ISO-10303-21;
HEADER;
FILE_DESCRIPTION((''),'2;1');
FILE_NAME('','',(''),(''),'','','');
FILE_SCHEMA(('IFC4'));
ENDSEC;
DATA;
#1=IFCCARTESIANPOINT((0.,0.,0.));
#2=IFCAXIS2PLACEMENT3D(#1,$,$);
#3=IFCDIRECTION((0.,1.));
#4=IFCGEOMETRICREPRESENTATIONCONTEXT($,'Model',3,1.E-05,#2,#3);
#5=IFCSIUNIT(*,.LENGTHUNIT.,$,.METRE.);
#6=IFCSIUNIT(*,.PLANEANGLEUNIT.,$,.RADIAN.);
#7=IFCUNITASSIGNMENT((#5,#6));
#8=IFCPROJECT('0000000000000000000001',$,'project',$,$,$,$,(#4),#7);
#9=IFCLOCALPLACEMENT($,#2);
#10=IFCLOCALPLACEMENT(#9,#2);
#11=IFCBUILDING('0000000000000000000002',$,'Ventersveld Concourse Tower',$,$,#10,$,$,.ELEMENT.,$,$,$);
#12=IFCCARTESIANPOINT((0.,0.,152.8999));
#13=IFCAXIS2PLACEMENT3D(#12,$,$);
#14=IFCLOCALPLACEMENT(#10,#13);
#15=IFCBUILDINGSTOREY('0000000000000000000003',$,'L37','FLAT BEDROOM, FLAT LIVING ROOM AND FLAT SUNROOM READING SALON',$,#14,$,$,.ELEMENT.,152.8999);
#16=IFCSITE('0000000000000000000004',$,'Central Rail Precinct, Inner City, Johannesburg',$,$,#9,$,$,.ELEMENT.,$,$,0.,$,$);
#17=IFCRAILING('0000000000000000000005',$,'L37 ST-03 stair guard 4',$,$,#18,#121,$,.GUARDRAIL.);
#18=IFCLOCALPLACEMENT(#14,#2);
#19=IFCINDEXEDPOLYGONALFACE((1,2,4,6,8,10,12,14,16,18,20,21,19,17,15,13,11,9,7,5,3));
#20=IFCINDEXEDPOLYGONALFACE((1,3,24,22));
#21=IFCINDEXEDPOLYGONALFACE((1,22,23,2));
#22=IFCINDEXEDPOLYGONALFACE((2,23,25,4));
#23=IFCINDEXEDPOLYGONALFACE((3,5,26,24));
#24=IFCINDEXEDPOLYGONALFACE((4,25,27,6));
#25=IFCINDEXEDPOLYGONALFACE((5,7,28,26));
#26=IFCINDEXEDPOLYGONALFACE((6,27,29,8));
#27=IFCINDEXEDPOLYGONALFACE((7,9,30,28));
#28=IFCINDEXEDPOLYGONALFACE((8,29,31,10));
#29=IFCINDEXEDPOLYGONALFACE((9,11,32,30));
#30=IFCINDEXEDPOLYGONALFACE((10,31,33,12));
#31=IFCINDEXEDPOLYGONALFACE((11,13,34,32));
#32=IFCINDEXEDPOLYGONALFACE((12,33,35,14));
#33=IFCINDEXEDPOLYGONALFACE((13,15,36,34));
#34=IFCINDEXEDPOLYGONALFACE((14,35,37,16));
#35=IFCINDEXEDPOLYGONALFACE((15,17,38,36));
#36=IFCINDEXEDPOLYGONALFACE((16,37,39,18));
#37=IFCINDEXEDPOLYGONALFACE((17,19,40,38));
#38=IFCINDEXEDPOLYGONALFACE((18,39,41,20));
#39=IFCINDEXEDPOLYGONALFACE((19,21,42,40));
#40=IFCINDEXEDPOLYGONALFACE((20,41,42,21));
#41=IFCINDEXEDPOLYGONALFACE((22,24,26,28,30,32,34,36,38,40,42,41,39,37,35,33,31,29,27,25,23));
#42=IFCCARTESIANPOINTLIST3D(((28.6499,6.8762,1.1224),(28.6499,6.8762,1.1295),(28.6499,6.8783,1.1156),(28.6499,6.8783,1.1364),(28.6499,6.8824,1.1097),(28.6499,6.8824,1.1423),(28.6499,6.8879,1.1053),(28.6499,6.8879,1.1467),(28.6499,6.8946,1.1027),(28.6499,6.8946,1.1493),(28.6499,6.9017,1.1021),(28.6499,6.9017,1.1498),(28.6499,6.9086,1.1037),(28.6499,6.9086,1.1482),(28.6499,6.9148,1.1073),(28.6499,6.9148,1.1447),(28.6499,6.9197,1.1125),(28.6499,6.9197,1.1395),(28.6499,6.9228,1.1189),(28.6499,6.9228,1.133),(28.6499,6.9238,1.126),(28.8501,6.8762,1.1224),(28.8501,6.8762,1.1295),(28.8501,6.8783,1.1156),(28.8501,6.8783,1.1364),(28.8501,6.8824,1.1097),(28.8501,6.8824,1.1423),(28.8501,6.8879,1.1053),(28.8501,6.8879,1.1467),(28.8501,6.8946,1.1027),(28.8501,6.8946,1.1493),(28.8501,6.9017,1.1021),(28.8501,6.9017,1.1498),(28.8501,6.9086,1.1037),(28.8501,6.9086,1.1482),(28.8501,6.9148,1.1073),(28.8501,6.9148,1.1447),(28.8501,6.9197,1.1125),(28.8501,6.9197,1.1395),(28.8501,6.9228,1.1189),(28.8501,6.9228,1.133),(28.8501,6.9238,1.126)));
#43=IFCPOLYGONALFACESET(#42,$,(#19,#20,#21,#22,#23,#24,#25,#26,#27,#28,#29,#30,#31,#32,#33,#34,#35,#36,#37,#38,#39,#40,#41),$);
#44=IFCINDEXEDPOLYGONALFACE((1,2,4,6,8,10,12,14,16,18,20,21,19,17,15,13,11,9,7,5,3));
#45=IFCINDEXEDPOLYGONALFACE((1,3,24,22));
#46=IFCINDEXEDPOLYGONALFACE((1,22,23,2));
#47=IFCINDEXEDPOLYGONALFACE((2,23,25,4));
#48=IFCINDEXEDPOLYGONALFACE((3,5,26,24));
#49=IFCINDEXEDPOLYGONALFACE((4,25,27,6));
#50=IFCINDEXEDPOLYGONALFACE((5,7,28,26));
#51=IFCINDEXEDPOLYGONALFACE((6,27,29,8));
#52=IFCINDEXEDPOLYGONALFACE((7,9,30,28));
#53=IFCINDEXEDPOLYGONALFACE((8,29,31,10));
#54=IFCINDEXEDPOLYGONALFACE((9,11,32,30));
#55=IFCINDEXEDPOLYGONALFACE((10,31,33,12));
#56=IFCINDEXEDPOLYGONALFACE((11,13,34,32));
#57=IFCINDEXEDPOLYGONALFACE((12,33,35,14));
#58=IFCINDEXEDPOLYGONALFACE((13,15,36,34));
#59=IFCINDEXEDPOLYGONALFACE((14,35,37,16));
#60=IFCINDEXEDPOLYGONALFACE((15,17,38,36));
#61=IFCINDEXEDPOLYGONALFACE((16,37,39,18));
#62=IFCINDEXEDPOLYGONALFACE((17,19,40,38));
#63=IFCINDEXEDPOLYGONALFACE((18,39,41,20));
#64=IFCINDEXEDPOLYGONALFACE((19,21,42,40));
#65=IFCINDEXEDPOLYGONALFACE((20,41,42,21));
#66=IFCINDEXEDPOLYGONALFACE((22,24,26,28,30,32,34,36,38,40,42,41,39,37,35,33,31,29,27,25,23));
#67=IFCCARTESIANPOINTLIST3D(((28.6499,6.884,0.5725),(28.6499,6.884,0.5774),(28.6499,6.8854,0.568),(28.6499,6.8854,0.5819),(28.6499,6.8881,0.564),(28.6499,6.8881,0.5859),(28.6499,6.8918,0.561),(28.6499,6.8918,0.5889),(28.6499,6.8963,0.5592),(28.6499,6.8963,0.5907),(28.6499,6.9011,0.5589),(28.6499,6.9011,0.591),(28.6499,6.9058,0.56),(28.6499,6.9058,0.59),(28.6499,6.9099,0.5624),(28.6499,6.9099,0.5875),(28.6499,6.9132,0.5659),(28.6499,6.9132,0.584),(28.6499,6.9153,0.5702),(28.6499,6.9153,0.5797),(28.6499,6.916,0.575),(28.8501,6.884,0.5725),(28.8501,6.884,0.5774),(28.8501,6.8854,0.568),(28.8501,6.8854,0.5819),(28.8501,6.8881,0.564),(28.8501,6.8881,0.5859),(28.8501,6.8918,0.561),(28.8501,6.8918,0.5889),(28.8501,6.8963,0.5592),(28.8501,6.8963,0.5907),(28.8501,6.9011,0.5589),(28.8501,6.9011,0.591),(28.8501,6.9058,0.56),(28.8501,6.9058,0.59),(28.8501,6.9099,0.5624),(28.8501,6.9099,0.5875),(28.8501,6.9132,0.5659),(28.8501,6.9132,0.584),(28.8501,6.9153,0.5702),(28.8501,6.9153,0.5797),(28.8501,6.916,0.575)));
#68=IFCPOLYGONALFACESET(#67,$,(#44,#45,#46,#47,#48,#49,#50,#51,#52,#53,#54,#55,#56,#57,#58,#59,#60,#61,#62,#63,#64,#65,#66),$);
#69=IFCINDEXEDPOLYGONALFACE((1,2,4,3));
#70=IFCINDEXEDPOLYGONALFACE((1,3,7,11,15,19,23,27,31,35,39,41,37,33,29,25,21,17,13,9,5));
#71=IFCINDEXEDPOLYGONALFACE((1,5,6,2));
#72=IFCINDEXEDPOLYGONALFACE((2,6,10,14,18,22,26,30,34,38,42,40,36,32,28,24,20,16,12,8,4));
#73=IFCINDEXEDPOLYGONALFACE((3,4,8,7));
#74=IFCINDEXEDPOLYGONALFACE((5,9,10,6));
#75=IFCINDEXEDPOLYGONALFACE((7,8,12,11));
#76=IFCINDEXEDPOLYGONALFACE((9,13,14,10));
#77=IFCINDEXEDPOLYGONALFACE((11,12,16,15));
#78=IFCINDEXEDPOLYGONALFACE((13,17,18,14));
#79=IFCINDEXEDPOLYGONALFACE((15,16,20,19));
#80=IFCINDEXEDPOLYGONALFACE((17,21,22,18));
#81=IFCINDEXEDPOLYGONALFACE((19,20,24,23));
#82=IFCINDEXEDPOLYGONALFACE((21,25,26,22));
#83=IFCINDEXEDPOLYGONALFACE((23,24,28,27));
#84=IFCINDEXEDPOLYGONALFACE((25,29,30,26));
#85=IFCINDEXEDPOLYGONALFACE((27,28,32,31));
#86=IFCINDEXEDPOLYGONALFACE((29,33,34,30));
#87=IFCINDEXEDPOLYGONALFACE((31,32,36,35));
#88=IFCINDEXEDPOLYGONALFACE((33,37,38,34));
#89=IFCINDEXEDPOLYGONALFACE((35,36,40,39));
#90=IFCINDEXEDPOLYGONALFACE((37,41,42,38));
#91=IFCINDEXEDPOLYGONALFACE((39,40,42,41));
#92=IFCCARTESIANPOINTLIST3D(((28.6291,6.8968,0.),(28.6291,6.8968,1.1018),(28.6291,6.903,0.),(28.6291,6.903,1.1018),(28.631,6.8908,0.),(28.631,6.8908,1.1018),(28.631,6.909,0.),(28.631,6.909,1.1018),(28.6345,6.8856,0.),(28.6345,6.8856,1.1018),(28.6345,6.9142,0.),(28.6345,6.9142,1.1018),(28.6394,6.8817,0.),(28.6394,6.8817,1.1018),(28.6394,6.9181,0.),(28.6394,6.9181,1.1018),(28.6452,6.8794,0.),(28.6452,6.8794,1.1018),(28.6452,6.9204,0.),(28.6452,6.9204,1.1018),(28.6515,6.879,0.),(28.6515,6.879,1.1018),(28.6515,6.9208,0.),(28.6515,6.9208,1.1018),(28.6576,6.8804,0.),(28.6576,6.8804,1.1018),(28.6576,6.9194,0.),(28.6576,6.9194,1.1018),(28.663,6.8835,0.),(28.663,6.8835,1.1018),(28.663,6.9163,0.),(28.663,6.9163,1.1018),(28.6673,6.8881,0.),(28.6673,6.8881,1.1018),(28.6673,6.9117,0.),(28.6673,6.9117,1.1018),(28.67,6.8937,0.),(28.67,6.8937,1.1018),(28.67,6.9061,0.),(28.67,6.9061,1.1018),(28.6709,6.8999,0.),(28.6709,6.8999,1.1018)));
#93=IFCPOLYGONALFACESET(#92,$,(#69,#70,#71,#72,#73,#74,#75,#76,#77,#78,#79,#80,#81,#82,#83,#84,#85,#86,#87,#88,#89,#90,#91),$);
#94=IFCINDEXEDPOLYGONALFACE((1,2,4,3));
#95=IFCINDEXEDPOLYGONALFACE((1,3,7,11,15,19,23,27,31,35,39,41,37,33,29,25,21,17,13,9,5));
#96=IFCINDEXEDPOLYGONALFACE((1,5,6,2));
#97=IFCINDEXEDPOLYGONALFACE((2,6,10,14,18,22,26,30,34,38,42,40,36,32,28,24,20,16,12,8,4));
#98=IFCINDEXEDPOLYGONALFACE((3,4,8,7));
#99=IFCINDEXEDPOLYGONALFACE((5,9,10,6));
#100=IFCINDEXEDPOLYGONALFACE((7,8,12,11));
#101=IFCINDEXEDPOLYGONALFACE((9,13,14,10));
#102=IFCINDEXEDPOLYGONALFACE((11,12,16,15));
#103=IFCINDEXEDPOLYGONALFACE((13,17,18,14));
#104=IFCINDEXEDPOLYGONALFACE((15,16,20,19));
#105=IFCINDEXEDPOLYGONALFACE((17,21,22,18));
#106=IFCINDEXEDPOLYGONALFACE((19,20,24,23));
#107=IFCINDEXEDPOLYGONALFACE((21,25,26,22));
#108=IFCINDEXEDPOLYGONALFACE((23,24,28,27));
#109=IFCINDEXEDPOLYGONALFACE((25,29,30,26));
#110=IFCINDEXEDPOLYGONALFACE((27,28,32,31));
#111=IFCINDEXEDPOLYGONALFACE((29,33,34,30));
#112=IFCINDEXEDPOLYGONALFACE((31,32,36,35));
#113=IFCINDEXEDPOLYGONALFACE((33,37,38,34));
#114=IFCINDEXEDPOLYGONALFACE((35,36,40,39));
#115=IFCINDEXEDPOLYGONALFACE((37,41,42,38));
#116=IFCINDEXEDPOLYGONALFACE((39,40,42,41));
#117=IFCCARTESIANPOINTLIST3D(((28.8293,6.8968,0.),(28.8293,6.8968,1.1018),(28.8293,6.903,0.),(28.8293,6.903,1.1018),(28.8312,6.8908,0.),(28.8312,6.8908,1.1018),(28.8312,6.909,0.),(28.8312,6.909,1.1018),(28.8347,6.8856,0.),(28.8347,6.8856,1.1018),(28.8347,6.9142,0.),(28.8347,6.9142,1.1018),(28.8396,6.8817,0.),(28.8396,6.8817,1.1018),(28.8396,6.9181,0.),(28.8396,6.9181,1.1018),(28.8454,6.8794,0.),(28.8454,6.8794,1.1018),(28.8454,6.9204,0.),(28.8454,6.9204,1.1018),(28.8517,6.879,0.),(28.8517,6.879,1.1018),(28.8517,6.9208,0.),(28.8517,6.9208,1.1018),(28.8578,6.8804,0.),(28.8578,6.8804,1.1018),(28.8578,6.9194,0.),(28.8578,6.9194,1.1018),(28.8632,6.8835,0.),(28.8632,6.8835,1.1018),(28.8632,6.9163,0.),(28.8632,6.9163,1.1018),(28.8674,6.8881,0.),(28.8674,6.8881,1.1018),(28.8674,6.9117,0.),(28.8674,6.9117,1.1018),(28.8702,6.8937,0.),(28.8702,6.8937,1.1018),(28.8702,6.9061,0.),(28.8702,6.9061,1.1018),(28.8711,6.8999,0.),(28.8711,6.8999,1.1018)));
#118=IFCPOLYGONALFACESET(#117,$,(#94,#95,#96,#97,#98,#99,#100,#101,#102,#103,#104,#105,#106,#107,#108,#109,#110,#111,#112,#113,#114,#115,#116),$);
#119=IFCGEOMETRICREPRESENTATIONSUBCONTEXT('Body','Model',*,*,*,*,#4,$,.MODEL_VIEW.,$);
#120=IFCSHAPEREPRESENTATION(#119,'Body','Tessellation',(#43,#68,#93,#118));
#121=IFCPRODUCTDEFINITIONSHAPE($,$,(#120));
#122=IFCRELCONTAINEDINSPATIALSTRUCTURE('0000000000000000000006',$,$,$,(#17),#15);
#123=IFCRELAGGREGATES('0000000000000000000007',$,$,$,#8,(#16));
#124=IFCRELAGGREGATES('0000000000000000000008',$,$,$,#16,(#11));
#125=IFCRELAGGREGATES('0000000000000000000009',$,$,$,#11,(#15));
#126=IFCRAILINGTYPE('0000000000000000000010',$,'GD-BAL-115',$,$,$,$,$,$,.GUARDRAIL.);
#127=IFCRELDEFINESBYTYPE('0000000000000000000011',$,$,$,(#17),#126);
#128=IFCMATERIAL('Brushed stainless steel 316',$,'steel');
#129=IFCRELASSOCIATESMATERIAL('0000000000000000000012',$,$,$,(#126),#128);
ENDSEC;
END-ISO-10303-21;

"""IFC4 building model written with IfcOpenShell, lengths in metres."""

from ifc_helpers import new_model, si_unit, direction, frame, origin, origin_2d, place, context, subcontext, project, spatial, circle, extrude, material, type_object, element, save


model = new_model("IFC4")

# Units and contexts
model_context = context("Model", 3, precision=1e-05, world=origin(), true_north=direction((0.0, 1.0)))
body_context = subcontext(model_context, "Body", "Model", "MODEL_VIEW")
ifc_project = project(units=[si_unit("LENGTHUNIT", "METRE"), si_unit("PLANEANGLEUNIT", "RADIAN")], contexts=[model_context])

# Site, building, storey
site_placement = place(None, origin())
site = spatial("IfcSite", under=ifc_project, at=site_placement, Name="Central Rail Precinct, Inner City, Johannesburg", CompositionType="ELEMENT", RefElevation=0.0)
building_placement = place(site_placement, origin())
building = spatial("IfcBuilding", under=site, at=building_placement, Name="Ventersveld Concourse Tower", CompositionType="ELEMENT")
storey_placement = place(building_placement, frame((0.0, 0.0, 152.8999)))
storey = spatial("IfcBuildingStorey", under=building, at=storey_placement, Name="L37", Description="FLAT BEDROOM, FLAT LIVING ROOM AND FLAT SUNROOM READING SALON", CompositionType="ELEMENT", Elevation=152.8999)

# Shared definitions
ifc_material_1 = material(Name="Brushed stainless steel 316", Category="steel")

# Railing
railing_type_1 = type_object("IfcRailingType", Name="GD-BAL-115", PredefinedType="GUARDRAIL", material=ifc_material_1)
railing_1_placement = place(storey_placement, frame((28.6499, 6.8999, 0.0)))
element("IfcRailing", 1, at=railing_1_placement, inside=storey, type_object=railing_type_1, Name="L37 ST-03 stair guard 4", PredefinedType="GUARDRAIL", context=body_context, shape_type="SweptSolid", body=[
    extrude(circle(Radius=0.0239, at=origin_2d()), frame((0.0, 0.0, 1.126), z_axis=(1.0, 0.0, 0.0), x_axis=(0.0, 1.0, 0.0)), (0.0, 0.0, 1.0), 0.2002),
    extrude(circle(Radius=0.0161, at=origin_2d()), frame((0.0, 0.0, 0.575), z_axis=(1.0, 0.0, 0.0), x_axis=(0.0, 1.0, 0.0)), (0.0, 0.0, 1.0), 0.2002),
    extrude(circle(Radius=0.021, at=origin_2d()), origin(), (0.0, 0.0, 1.0), 1.1018),
    extrude(circle(Radius=0.021, at=origin_2d()), frame((0.2002, 0.0, 0.0)), (0.0, 0.0, 1.0), 1.1018),
])

save(model, "model.ifc")
